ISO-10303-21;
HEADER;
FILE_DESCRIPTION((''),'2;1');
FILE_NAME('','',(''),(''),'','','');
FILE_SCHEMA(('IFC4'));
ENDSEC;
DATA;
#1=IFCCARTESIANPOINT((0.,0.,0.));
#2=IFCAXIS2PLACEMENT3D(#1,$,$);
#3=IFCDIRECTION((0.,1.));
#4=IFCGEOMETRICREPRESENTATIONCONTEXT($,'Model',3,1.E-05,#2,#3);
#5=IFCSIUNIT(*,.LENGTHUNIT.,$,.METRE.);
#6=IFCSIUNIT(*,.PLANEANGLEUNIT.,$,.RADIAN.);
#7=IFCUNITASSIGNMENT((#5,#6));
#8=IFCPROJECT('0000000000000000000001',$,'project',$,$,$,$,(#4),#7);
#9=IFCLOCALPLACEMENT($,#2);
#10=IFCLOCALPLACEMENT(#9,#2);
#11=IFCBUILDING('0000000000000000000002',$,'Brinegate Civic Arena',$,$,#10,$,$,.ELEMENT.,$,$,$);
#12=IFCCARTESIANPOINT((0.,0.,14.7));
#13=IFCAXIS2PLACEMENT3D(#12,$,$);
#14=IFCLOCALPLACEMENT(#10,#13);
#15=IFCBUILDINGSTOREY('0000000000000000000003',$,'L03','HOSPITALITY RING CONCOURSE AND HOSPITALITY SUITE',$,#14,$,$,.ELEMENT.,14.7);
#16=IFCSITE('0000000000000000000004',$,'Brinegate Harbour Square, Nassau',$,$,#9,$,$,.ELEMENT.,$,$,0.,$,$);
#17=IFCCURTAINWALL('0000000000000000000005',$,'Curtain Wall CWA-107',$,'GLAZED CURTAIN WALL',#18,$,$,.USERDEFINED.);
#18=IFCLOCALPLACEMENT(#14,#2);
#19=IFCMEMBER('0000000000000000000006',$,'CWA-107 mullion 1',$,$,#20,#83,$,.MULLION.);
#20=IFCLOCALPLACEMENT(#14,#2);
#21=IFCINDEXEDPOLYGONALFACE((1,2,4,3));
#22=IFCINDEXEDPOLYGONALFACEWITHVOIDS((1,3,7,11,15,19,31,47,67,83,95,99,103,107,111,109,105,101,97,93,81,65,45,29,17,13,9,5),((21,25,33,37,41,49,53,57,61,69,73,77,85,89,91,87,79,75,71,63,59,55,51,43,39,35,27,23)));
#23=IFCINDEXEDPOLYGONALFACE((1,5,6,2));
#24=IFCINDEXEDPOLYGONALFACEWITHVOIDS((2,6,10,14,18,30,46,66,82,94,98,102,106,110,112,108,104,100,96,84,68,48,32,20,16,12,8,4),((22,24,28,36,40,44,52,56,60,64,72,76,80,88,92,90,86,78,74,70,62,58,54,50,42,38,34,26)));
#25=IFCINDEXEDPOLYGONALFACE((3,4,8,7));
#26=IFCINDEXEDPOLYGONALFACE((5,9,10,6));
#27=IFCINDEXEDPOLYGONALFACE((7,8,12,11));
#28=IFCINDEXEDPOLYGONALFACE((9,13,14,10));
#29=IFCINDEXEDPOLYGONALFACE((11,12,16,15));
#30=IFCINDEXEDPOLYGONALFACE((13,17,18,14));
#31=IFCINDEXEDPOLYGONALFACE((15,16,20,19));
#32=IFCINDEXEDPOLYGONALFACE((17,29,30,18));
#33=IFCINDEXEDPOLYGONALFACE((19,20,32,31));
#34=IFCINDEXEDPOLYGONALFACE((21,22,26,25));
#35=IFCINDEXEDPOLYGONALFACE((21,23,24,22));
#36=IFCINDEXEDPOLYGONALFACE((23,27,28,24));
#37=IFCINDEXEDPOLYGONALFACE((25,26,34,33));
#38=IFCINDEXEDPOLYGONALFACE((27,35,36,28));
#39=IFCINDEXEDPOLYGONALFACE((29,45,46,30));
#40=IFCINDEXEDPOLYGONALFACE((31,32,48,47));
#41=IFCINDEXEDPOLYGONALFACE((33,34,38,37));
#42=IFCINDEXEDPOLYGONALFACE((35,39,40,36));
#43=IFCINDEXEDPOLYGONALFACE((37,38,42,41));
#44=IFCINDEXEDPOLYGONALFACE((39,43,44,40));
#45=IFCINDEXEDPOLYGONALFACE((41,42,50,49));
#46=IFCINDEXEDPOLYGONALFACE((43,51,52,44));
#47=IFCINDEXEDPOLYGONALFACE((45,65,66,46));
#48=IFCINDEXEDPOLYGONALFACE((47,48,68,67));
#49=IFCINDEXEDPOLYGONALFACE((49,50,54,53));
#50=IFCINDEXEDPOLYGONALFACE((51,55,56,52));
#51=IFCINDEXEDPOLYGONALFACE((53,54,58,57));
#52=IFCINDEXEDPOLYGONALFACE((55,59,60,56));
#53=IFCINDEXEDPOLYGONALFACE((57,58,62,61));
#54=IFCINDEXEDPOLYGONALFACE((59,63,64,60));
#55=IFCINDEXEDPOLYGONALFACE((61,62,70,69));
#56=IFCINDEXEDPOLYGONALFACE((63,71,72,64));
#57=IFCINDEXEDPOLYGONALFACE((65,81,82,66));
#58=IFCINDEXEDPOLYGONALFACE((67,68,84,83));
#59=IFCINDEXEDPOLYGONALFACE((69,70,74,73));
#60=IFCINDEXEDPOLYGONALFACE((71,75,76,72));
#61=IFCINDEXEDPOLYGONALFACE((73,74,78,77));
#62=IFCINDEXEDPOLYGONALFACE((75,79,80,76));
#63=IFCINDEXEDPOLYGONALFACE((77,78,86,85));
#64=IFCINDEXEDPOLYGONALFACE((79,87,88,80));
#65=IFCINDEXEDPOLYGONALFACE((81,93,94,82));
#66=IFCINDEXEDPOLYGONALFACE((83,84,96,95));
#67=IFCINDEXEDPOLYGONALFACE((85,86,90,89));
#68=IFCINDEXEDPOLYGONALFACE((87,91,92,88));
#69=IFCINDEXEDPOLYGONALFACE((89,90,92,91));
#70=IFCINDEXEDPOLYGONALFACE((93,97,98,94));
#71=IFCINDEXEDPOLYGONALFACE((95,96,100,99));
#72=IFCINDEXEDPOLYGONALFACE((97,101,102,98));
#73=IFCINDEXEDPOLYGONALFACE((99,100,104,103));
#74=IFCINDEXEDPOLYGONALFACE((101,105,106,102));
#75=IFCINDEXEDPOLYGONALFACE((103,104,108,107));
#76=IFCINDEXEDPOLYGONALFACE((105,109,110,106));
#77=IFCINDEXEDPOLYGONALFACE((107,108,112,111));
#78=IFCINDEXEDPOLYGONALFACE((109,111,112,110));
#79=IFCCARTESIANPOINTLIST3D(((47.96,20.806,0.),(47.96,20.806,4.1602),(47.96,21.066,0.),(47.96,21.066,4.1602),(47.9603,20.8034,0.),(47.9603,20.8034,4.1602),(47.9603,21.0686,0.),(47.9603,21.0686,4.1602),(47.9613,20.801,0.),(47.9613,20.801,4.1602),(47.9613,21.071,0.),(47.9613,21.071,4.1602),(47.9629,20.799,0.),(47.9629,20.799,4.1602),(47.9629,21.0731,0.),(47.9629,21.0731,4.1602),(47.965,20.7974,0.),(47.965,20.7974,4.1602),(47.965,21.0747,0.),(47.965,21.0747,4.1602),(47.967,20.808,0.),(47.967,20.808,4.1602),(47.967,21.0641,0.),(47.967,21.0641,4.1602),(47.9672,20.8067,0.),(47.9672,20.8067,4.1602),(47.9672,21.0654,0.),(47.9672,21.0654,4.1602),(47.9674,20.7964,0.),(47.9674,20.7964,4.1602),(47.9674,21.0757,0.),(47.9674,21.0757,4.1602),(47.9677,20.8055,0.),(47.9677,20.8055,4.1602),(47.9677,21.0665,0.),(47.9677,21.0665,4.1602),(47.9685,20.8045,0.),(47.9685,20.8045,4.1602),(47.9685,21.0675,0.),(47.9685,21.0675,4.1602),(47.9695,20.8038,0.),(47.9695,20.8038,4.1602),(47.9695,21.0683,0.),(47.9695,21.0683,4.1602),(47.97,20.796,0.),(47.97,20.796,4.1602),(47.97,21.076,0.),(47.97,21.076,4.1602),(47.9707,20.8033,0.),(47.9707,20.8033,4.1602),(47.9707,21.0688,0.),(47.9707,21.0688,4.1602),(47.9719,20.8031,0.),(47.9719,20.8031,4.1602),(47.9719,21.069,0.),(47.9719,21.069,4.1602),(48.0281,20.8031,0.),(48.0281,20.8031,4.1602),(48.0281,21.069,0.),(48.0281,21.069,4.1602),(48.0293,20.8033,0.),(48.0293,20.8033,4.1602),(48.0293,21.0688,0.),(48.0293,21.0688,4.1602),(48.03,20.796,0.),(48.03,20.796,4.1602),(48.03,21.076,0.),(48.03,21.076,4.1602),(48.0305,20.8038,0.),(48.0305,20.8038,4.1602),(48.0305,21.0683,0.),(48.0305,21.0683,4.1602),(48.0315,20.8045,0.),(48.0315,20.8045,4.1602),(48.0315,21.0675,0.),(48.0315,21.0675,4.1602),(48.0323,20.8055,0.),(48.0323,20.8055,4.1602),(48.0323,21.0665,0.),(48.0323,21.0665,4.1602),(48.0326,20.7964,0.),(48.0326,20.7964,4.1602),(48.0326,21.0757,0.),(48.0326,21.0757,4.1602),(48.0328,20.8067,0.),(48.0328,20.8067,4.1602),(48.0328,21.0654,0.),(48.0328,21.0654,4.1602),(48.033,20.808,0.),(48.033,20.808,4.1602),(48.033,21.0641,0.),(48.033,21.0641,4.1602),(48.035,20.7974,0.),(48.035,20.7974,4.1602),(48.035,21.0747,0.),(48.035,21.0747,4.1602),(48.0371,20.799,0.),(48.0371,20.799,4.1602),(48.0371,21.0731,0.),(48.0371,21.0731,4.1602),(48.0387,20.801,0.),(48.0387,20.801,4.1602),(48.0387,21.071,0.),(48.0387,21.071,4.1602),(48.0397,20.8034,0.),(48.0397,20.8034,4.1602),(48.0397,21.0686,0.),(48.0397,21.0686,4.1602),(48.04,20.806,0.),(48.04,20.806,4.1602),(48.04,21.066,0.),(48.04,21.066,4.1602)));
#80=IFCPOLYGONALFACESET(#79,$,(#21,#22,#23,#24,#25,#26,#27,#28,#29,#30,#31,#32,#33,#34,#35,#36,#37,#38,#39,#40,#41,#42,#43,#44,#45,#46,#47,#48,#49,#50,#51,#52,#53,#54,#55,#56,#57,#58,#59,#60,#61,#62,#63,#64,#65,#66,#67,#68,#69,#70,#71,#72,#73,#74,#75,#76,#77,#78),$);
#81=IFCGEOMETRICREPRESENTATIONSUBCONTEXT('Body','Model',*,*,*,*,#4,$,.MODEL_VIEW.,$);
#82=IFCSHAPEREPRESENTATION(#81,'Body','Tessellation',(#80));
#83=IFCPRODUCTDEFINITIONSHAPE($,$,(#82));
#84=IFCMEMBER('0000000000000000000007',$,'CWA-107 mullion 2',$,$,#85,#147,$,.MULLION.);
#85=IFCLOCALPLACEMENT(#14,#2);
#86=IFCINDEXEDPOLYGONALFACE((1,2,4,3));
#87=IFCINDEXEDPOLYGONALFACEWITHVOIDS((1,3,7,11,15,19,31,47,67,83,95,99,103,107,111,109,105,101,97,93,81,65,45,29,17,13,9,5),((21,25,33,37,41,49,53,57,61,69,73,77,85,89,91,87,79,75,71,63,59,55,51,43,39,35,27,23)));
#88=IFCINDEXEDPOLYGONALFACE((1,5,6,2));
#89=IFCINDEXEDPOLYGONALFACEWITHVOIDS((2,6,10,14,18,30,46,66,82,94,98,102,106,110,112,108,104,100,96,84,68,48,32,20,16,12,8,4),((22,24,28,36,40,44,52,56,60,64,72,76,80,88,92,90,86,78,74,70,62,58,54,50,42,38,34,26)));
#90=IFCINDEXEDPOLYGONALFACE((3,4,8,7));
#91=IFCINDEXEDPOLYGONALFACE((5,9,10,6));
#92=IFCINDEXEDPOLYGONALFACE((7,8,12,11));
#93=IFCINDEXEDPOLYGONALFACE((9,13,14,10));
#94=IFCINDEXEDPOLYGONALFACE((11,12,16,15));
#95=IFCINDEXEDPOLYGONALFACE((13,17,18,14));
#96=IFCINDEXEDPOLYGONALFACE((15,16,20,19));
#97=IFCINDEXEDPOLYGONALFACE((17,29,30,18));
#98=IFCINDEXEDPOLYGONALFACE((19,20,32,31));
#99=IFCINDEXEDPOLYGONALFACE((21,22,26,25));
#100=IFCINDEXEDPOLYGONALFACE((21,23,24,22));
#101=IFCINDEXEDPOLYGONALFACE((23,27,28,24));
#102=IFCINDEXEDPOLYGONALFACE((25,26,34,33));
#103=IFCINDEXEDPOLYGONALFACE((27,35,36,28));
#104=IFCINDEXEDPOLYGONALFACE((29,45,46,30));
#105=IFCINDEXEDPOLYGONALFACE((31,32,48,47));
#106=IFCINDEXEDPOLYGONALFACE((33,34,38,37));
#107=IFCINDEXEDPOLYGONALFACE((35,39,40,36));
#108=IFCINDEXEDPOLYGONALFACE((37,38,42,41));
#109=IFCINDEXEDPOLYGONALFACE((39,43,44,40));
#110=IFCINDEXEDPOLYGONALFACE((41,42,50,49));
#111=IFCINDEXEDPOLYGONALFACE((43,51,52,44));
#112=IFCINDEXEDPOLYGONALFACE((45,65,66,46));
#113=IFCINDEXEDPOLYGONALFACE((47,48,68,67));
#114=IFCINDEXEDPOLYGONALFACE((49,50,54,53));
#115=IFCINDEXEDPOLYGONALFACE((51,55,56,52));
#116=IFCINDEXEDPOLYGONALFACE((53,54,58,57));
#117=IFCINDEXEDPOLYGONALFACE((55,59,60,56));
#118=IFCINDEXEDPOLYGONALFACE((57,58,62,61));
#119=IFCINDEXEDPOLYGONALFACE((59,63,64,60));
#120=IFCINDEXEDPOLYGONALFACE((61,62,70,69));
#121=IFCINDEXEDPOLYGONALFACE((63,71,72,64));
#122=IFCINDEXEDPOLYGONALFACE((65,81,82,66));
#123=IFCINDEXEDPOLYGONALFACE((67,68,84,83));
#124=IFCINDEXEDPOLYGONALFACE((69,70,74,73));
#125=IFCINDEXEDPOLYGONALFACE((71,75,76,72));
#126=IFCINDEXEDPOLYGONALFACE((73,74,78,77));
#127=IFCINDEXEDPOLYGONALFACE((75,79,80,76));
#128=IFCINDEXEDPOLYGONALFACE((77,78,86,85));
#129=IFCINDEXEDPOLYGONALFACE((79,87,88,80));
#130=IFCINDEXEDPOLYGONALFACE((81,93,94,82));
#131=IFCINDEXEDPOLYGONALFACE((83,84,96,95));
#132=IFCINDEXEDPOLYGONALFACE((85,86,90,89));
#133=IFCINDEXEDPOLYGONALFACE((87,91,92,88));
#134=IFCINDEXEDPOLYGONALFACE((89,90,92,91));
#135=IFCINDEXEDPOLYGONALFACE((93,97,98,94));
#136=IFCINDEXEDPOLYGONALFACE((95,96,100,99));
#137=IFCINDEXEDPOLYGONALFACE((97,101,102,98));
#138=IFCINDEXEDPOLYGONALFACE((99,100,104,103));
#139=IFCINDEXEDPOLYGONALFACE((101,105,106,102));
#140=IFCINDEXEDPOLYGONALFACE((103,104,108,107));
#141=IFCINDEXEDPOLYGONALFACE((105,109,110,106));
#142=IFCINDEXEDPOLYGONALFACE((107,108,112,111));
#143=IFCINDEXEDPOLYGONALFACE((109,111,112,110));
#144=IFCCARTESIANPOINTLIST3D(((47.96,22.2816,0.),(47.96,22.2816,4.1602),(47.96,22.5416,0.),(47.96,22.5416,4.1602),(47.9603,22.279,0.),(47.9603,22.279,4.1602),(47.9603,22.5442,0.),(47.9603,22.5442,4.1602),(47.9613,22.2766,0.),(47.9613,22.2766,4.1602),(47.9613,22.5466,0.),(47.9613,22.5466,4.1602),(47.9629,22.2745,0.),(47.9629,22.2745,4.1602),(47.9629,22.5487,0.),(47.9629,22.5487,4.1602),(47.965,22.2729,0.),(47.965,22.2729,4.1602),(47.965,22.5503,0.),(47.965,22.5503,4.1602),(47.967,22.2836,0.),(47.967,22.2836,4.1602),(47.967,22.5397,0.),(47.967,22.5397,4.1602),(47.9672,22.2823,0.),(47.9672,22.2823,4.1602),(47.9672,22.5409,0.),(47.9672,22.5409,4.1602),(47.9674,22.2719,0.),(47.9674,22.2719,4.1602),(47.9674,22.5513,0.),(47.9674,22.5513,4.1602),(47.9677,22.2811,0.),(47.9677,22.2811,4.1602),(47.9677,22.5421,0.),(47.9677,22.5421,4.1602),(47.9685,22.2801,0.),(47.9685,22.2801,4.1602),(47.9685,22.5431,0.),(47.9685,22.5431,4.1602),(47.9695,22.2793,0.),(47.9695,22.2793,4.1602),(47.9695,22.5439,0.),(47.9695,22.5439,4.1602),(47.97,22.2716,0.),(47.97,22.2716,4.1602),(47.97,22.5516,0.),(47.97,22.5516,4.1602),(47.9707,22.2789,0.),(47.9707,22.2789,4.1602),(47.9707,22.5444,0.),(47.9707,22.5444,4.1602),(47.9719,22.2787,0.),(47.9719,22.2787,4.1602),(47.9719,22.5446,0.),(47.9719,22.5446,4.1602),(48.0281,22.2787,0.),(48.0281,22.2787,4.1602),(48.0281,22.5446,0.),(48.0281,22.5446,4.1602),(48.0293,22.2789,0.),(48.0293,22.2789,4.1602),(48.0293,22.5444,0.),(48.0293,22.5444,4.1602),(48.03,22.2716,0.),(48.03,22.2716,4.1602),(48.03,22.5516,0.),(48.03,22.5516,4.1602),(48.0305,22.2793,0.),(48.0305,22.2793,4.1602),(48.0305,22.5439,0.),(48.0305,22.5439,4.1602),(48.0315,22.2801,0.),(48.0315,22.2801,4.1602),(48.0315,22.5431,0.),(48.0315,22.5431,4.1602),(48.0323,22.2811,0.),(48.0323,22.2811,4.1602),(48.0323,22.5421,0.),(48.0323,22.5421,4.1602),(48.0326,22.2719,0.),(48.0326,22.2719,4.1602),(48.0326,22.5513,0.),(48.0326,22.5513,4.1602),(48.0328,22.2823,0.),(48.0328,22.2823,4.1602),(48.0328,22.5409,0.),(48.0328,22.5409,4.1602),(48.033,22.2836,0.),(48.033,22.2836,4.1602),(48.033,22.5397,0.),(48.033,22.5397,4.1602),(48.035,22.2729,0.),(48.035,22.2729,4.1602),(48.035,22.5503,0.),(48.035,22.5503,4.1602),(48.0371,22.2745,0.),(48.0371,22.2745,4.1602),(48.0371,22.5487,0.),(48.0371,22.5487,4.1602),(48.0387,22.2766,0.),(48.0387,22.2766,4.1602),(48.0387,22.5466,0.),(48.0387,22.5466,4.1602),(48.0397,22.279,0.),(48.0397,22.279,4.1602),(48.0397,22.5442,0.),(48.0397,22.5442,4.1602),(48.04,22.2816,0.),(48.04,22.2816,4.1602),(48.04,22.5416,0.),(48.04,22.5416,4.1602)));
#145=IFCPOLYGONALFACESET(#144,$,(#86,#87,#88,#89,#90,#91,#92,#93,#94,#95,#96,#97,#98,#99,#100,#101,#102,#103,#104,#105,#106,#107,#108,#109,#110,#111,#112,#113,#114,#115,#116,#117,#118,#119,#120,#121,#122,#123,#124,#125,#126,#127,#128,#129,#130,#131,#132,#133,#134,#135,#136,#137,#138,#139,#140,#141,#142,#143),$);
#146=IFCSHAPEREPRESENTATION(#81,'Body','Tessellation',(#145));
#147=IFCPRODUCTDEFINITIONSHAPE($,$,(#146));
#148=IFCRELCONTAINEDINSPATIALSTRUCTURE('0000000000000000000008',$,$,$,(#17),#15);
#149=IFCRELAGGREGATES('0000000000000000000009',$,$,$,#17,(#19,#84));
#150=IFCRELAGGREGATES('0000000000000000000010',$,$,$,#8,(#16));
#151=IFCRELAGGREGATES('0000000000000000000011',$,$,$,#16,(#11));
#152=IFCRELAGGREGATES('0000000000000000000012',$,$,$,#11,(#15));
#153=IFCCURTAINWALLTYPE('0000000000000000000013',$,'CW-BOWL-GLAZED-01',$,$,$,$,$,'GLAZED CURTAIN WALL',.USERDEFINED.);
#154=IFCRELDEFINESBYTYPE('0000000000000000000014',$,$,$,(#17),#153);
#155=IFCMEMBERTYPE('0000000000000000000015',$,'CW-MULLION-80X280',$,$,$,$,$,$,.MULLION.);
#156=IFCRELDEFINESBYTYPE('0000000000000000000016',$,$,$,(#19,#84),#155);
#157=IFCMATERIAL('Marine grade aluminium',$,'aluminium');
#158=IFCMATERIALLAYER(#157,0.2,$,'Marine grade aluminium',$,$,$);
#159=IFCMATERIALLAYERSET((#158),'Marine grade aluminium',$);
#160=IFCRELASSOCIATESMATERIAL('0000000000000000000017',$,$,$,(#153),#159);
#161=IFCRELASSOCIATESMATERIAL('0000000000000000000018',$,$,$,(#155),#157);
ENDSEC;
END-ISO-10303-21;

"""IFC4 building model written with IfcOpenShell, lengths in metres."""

from ifc_helpers import new_model, si_unit, direction, frame, origin, origin_2d, place, context, subcontext, project, spatial, hollow_rectangle, extrude, material, layer, layer_set, material_profile, profile_set, type_object, element, aggregate, save


model = new_model("IFC4")

# Units and contexts
model_context = context("Model", 3, precision=1e-05, world=origin(), true_north=direction((0.0, 1.0)))
body_context = subcontext(model_context, "Body", "Model", "MODEL_VIEW")
ifc_project = project(units=[si_unit("LENGTHUNIT", "METRE"), si_unit("PLANEANGLEUNIT", "RADIAN")], contexts=[model_context])

# Site, building, storey
site_placement = place(None, origin())
site = spatial("IfcSite", under=ifc_project, at=site_placement, Name="Brinegate Harbour Square, Nassau", CompositionType="ELEMENT", RefElevation=0.0)
building_placement = place(site_placement, origin())
building = spatial("IfcBuilding", under=site, at=building_placement, Name="Brinegate Civic Arena", CompositionType="ELEMENT")
storey_placement = place(building_placement, frame((0.0, 0.0, 14.7)))
storey = spatial("IfcBuildingStorey", under=building, at=storey_placement, Name="L03", Description="HOSPITALITY RING CONCOURSE AND HOSPITALITY SUITE", CompositionType="ELEMENT", Elevation=14.7)

# Curtain wall, members
ifc_material_1 = material(Name="Marine grade aluminium", Category="aluminium")
ifc_layer_1 = layer(ifc_material_1, 0.2, Name="Marine grade aluminium")
ifc_layer_set_1 = layer_set([ifc_layer_1], Name="Marine grade aluminium")
curtain_wall_type = type_object("IfcCurtainWallType", Name="CW-BOWL-GLAZED-01", ElementType="GLAZED CURTAIN WALL", PredefinedType="USERDEFINED", material=ifc_layer_set_1)
curtain_wall_1_placement = place(storey_placement, origin())
curtain_wall_1 = element("IfcCurtainWall", 1, at=curtain_wall_1_placement, inside=storey, type_object=curtain_wall_type, Name="Curtain Wall CWA-107", ObjectType="GLAZED CURTAIN WALL", PredefinedType="USERDEFINED")
ifc_material_profile_1 = material_profile(ifc_material_1, hollow_rectangle(XDim=0.0801, YDim=0.28, WallThickness=0.0071, InnerFilletRadius=0.0049, OuterFilletRadius=0.01, at=origin_2d()), Name="MUL80X280")
ifc_profile_set_1 = profile_set([ifc_material_profile_1], Name="Marine grade aluminium")
member_type_1 = type_object("IfcMemberType", Name="CW-MULLION-80X280", PredefinedType="MULLION", material=ifc_profile_set_1)
member_1_placement = place(storey_placement, frame((48.0, 20.936, 0.0), z_axis=(0.0, 0.0, 1.0), x_axis=(-1.0, 0.0, 0.0)))
member_1 = element("IfcMember", 2, at=member_1_placement, type_object=member_type_1, Name="CWA-107 mullion 1", PredefinedType="MULLION", context=body_context, shape_type="SweptSolid", body=[
    extrude(hollow_rectangle(XDim=0.0801, YDim=0.28, WallThickness=0.0071, InnerFilletRadius=0.0049, OuterFilletRadius=0.01, at=origin_2d()), origin(), (0.0, 0.0, 1.0), 4.1602),
])
member_2_placement = place(storey_placement, frame((48.0, 22.4116, 0.0), z_axis=(0.0, 0.0, 1.0), x_axis=(-1.0, 0.0, 0.0)))
member_2 = element("IfcMember", 3, at=member_2_placement, type_object=member_type_1, Name="CWA-107 mullion 2", PredefinedType="MULLION", context=body_context, shape_type="SweptSolid", body=[
    extrude(hollow_rectangle(XDim=0.0801, YDim=0.28, WallThickness=0.0071, InnerFilletRadius=0.0049, OuterFilletRadius=0.01, at=origin_2d()), origin(), (0.0, 0.0, 1.0), 4.1602),
])

aggregate(curtain_wall_1, [member_1, member_2])

save(model, "model.ifc")
